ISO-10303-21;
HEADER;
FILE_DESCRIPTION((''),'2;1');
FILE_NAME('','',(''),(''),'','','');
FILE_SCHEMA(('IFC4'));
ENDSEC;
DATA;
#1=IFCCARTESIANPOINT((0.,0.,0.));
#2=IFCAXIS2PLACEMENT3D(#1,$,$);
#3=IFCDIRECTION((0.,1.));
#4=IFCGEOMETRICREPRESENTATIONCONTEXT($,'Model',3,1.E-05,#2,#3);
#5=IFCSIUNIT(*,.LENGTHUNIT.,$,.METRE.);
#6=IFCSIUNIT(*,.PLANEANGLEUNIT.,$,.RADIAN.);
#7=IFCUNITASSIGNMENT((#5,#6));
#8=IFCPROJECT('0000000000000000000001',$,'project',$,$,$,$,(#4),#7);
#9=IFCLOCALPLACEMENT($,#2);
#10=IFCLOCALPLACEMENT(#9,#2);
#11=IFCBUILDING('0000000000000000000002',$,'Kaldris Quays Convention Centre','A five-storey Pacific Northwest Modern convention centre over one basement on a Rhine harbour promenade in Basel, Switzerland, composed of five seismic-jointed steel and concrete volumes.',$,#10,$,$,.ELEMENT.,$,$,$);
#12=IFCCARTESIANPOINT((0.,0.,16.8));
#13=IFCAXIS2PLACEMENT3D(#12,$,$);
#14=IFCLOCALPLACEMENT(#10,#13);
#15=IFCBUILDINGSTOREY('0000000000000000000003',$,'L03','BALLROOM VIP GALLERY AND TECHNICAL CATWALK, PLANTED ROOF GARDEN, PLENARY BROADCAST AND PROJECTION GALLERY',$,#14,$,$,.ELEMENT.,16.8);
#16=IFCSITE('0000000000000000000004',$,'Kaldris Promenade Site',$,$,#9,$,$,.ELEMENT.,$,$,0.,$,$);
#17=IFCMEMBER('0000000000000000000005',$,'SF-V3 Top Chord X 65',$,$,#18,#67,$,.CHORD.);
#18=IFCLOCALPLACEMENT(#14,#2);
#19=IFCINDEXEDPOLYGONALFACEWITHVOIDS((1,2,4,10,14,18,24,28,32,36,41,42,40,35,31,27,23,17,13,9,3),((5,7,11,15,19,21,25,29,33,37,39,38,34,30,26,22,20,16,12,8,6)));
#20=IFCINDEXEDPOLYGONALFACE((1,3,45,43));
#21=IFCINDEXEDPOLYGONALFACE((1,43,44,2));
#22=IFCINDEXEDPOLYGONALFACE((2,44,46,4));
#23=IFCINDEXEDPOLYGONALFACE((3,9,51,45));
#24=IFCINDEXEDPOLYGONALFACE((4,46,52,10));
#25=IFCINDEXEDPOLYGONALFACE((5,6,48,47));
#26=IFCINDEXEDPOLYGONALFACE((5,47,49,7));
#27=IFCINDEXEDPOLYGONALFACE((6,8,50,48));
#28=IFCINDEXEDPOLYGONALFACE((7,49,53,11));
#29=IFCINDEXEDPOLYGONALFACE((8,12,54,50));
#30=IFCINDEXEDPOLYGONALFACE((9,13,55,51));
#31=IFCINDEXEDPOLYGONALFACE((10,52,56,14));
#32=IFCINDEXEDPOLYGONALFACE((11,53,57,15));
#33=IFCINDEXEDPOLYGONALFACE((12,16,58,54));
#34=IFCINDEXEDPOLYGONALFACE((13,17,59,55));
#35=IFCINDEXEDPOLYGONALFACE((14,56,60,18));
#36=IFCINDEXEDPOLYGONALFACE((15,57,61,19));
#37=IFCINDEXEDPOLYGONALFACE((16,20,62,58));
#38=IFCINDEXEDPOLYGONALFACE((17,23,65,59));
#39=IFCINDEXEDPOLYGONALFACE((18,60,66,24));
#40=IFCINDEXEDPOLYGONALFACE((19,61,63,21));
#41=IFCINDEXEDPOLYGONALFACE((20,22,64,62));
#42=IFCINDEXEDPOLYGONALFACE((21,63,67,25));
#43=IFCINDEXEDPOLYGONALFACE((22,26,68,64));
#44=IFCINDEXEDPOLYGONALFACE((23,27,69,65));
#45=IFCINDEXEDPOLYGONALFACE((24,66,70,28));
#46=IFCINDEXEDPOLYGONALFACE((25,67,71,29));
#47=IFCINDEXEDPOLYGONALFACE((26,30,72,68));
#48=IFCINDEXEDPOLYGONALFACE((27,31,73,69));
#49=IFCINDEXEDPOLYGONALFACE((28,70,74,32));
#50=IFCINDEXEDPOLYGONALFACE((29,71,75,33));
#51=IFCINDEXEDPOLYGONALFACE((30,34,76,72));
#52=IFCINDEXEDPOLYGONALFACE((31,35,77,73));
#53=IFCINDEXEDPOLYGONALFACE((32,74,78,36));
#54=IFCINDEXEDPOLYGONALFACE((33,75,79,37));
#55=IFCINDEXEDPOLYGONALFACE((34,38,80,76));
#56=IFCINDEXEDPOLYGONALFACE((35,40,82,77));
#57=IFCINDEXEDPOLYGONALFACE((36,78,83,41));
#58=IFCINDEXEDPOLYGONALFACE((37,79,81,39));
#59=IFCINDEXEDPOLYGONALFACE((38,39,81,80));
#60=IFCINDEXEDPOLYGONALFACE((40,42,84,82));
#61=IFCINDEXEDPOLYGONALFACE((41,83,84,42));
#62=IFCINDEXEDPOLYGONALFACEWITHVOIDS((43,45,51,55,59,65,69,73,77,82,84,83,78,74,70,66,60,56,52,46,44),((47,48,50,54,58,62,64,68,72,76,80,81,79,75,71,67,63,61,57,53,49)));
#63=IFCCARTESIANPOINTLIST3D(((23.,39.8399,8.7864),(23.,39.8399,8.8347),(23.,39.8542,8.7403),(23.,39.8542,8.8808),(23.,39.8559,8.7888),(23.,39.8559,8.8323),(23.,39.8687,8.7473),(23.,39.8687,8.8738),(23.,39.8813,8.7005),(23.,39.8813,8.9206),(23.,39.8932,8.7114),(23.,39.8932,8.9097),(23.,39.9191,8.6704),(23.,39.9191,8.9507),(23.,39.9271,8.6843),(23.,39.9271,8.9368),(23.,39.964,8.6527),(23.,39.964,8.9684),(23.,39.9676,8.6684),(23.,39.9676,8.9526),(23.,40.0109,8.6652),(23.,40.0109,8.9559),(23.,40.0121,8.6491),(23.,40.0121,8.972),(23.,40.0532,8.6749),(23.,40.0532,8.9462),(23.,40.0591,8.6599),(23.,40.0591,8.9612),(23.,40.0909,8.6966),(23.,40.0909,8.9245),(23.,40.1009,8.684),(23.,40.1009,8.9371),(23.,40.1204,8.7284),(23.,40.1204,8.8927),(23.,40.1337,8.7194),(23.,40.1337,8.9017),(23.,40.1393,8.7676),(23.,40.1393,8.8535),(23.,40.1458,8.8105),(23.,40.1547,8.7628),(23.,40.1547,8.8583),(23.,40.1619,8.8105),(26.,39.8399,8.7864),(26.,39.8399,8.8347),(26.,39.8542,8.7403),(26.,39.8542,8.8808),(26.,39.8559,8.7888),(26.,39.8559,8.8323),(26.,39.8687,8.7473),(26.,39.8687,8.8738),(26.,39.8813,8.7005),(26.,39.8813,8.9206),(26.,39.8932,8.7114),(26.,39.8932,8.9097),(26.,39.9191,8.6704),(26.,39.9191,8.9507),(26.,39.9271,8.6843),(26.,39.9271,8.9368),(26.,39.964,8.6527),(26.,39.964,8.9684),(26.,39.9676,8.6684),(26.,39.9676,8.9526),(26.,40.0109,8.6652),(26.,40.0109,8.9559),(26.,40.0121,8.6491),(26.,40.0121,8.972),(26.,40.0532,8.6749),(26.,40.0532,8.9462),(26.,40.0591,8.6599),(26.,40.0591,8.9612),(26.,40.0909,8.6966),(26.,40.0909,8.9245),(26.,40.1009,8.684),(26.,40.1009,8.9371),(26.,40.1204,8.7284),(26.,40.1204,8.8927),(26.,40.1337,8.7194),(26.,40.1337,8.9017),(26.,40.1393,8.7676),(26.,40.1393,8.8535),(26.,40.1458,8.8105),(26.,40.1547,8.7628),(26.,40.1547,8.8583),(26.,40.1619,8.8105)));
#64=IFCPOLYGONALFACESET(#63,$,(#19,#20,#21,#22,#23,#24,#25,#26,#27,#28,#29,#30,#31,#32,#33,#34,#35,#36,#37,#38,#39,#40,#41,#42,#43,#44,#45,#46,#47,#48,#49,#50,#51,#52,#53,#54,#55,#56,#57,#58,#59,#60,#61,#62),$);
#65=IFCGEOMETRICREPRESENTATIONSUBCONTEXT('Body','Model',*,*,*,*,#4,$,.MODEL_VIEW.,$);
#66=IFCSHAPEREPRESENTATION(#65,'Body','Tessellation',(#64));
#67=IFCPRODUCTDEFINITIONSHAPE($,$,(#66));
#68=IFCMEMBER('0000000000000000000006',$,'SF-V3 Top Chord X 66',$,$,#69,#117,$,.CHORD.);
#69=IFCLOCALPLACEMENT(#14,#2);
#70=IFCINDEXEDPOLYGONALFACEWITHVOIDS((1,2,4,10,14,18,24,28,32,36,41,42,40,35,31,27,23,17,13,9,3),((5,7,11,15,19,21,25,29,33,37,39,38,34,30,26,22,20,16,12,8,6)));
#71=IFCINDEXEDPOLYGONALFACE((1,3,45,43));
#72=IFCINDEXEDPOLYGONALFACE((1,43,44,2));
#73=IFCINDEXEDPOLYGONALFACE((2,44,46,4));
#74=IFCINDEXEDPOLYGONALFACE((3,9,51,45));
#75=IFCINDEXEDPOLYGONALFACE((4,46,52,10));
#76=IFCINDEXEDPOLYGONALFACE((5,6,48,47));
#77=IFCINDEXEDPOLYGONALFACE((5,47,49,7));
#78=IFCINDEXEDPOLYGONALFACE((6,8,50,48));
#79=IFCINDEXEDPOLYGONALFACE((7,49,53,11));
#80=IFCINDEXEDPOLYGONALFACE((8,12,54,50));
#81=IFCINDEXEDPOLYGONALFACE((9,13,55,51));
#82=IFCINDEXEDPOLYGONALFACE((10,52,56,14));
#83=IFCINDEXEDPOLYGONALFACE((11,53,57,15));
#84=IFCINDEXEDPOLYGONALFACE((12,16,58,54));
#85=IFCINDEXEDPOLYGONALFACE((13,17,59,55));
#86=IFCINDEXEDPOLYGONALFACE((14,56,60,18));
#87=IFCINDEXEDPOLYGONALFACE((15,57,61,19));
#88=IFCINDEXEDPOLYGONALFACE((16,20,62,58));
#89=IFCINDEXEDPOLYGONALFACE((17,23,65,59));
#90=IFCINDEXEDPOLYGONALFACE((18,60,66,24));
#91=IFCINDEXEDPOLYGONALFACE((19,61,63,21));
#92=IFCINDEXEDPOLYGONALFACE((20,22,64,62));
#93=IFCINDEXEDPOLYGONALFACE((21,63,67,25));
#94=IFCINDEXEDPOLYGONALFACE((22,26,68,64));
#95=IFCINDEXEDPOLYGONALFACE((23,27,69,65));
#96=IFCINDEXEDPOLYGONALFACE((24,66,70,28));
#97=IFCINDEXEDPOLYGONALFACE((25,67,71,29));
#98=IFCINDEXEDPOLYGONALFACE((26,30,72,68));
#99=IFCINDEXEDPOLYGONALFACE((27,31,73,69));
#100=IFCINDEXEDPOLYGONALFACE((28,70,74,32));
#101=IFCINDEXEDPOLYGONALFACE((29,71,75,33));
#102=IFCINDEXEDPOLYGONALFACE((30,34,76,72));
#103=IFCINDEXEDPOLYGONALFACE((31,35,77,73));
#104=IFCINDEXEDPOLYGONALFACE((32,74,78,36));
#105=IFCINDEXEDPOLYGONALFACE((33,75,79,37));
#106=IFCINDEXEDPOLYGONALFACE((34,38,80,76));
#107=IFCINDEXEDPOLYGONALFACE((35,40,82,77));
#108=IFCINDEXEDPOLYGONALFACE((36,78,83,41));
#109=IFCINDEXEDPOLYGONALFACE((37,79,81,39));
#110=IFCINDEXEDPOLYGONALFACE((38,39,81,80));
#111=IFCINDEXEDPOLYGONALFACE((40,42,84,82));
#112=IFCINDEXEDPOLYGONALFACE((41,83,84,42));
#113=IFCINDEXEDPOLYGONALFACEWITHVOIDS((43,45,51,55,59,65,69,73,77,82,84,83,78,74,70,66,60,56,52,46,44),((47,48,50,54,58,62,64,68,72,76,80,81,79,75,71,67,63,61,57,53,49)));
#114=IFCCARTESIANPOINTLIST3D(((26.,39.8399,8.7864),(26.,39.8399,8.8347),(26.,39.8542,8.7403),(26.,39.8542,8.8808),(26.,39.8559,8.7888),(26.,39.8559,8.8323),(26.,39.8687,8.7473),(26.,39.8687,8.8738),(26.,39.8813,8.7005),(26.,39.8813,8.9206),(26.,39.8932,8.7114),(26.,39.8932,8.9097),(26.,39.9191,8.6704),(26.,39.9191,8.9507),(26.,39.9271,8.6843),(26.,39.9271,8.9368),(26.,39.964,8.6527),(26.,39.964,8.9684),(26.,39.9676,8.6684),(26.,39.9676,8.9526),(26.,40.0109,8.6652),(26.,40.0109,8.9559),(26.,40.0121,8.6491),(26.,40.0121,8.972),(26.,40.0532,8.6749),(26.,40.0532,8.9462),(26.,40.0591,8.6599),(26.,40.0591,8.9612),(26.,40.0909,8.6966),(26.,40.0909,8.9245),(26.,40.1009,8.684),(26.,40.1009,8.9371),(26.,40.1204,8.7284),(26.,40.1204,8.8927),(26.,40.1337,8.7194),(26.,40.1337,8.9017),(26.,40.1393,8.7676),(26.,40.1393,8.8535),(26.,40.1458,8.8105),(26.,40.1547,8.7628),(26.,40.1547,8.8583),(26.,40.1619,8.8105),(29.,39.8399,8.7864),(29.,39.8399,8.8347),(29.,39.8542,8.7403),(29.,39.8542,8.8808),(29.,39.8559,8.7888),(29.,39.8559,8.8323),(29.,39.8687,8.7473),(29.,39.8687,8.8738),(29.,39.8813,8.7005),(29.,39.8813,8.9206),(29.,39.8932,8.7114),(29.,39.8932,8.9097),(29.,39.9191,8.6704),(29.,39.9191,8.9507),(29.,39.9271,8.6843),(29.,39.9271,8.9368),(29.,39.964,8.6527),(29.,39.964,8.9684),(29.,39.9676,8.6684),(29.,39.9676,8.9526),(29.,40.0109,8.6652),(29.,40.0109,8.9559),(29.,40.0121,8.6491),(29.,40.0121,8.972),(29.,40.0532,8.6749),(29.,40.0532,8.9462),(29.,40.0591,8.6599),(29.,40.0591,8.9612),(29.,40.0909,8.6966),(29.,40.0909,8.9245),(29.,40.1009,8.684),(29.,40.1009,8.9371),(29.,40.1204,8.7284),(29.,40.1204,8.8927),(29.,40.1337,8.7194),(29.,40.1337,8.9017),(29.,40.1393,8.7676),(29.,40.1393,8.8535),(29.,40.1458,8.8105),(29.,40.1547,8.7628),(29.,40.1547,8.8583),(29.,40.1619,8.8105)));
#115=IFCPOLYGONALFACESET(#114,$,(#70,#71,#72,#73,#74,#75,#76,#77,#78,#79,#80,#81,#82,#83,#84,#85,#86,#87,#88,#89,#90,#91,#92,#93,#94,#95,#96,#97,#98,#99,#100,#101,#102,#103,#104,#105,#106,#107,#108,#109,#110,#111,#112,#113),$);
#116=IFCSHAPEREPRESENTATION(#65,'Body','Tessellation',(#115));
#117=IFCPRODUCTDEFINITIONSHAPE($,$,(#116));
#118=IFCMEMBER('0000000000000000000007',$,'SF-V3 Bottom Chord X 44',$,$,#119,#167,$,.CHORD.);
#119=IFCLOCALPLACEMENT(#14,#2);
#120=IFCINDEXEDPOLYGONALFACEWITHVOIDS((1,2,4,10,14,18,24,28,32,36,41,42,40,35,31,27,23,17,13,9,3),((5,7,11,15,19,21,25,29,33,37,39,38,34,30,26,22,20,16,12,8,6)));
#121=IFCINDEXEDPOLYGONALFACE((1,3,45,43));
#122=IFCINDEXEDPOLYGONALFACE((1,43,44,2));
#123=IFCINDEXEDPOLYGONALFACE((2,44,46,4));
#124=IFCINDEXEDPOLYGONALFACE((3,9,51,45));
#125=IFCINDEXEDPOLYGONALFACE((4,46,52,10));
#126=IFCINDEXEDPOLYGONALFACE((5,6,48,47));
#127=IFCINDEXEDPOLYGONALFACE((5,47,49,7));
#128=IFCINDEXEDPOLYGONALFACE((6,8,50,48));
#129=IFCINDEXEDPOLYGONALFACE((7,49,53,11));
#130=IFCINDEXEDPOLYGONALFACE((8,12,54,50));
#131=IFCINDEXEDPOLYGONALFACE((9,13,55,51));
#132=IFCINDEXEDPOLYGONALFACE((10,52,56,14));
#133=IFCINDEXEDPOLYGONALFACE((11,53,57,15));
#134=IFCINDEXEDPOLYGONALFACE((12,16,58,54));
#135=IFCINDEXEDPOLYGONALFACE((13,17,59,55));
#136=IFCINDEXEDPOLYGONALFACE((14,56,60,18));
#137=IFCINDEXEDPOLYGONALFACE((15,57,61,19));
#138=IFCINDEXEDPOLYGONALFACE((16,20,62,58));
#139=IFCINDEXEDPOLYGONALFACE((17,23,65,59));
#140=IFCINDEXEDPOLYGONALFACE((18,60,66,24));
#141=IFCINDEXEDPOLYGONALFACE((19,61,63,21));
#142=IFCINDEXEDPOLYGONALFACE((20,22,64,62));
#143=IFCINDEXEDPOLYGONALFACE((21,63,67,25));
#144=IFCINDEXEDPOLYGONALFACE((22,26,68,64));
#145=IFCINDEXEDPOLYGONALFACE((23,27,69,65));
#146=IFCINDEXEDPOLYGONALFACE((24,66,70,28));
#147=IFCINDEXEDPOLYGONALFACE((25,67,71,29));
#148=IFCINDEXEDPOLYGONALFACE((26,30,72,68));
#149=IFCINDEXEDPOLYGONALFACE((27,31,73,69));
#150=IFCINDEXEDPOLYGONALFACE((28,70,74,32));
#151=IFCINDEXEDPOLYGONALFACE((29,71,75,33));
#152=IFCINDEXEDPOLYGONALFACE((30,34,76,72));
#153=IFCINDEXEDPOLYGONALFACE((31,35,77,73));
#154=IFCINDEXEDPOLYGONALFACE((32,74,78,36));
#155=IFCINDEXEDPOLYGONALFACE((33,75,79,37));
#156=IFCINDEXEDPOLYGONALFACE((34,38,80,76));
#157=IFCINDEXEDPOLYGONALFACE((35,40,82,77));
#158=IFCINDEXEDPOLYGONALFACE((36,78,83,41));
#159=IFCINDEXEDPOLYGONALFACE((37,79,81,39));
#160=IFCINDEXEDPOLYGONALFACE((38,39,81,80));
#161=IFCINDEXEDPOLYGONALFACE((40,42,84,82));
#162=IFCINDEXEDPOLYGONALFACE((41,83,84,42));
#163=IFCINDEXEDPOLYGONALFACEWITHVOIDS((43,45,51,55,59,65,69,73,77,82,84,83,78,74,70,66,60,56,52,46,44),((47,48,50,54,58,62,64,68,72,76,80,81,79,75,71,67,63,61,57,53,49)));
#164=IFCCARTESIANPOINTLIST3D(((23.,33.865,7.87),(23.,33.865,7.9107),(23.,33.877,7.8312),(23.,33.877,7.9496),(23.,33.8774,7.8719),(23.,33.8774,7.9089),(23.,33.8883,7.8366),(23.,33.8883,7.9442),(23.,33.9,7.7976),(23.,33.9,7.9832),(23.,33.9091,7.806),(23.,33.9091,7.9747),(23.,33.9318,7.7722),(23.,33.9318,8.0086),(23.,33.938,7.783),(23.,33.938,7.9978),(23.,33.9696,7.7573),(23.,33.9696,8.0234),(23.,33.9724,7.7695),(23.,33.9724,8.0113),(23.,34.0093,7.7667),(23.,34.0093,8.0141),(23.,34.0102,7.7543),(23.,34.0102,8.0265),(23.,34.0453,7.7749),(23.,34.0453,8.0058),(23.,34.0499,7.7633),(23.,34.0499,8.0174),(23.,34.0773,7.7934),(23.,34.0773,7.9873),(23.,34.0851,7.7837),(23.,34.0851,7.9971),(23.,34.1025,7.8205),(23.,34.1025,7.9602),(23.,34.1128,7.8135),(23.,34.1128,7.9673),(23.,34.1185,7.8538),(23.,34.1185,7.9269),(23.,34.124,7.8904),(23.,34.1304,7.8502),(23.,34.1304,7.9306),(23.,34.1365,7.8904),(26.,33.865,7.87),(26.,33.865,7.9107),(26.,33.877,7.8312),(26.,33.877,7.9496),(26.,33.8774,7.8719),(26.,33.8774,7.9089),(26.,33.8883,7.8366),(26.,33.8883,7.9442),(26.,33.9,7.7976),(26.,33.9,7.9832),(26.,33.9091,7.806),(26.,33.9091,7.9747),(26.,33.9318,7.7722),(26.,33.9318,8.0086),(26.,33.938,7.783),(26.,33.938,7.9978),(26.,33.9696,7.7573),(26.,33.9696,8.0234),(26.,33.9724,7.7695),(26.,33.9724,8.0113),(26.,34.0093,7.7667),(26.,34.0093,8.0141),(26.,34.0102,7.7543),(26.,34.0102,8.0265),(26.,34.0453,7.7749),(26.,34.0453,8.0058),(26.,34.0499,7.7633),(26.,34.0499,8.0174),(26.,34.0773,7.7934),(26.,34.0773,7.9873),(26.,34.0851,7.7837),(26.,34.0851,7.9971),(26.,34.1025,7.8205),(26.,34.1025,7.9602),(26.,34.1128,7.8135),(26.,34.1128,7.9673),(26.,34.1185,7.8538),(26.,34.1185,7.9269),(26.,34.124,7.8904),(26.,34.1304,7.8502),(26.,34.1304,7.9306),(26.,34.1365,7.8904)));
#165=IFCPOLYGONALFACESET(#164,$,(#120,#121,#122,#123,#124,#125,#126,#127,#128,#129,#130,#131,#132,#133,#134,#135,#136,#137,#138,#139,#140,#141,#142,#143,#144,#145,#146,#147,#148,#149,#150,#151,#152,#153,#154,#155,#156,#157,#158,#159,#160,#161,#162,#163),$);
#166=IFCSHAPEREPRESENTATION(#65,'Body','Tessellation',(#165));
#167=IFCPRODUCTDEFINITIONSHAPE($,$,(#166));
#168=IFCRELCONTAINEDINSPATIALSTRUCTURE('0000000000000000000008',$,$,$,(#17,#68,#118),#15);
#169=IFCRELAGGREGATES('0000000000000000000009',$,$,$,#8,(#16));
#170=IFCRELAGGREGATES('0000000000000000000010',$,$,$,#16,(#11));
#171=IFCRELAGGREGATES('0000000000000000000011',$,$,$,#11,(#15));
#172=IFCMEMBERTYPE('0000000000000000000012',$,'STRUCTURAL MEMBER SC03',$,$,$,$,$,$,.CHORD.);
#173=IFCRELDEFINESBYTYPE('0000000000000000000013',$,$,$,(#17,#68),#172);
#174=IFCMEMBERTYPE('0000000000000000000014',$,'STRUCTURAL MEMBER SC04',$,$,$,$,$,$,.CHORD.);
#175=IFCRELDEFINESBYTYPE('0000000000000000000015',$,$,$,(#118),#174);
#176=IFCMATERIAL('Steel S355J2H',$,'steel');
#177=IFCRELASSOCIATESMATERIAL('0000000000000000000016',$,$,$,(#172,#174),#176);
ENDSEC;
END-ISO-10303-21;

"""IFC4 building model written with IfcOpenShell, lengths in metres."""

from ifc_helpers import new_model, si_unit, direction, frame, origin, origin_2d, place, context, subcontext, project, spatial, hollow_circle, extrude, material, material_profile, profile_set, type_object, element, save


model = new_model("IFC4")

# Units and contexts
model_context = context("Model", 3, precision=1e-05, world=origin(), true_north=direction((0.0, 1.0)))
body_context = subcontext(model_context, "Body", "Model", "MODEL_VIEW")
ifc_project = project(units=[si_unit("LENGTHUNIT", "METRE"), si_unit("PLANEANGLEUNIT", "RADIAN")], contexts=[model_context])

# Site, building, storey
site_placement = place(None, origin())
site = spatial("IfcSite", under=ifc_project, at=site_placement, Name="Kaldris Promenade Site", CompositionType="ELEMENT", RefElevation=0.0)
building_placement = place(site_placement, origin())
building = spatial("IfcBuilding", under=site, at=building_placement, Name="Kaldris Quays Convention Centre", Description="A five-storey Pacific Northwest Modern convention centre over one basement on a Rhine harbour promenade in Basel, Switzerland, composed of five seismic-jointed steel and concrete volumes.", CompositionType="ELEMENT")
storey_placement = place(building_placement, frame((0.0, 0.0, 16.8)))
storey = spatial("IfcBuildingStorey", under=building, at=storey_placement, Name="L03", Description="BALLROOM VIP GALLERY AND TECHNICAL CATWALK, PLANTED ROOF GARDEN, PLENARY BROADCAST AND PROJECTION GALLERY", CompositionType="ELEMENT", Elevation=16.8)

# Members
ifc_material_1 = material(Name="Steel S355J2H", Category="steel")
ifc_material_profile_1 = material_profile(ifc_material_1, hollow_circle(Radius=0.1619, WallThickness=0.0161, at=origin_2d()), Name="CHS 323.9x16")
ifc_profile_set_1 = profile_set([ifc_material_profile_1], Name="Steel S355J2H")
member_type_1 = type_object("IfcMemberType", Name="STRUCTURAL MEMBER SC03", PredefinedType="CHORD", material=ifc_profile_set_1)
for number, where, z_axis, x_axis, name in (
    (1, (23.0, 40.0, 8.8105), (1.0, 0.0, 0.0), (0.0, 1.0, 0.0), "SF-V3 Top Chord X 65"),
    (2, (26.0, 40.0, 8.8105), (1.0, 0.0, 0.0), (0.0, 1.0, 0.0), "SF-V3 Top Chord X 66"),
):
    element("IfcMember", number, at=place(storey_placement, frame(where, z_axis=z_axis, x_axis=x_axis)), inside=storey, type_object=member_type_1, Name=name, PredefinedType="CHORD", context=body_context, shape_type="SweptSolid", body=[
        extrude(hollow_circle(Radius=0.1619, WallThickness=0.0161, at=origin_2d()), origin(), (0.0, 0.0, 1.0), 3.0),
    ])
ifc_material_profile_2 = material_profile(ifc_material_1, hollow_circle(Radius=0.1365, WallThickness=0.0125, at=origin_2d()), Name="CHS 273x12.5")
ifc_profile_set_2 = profile_set([ifc_material_profile_2], Name="Steel S355J2H")
member_type_2 = type_object("IfcMemberType", Name="STRUCTURAL MEMBER SC04", PredefinedType="CHORD", material=ifc_profile_set_2)
for number, where, z_axis, x_axis, name in (
    (3, (23.0, 34.0, 7.8904), (1.0, 0.0, 0.0), (0.0, 1.0, 0.0), "SF-V3 Bottom Chord X 44"),
):
    element("IfcMember", number, at=place(storey_placement, frame(where, z_axis=z_axis, x_axis=x_axis)), inside=storey, type_object=member_type_2, Name=name, PredefinedType="CHORD", context=body_context, shape_type="SweptSolid", body=[
        extrude(hollow_circle(Radius=0.1365, WallThickness=0.0125, at=origin_2d()), origin(), (0.0, 0.0, 1.0), 3.0),
    ])

save(model, "model.ifc")
